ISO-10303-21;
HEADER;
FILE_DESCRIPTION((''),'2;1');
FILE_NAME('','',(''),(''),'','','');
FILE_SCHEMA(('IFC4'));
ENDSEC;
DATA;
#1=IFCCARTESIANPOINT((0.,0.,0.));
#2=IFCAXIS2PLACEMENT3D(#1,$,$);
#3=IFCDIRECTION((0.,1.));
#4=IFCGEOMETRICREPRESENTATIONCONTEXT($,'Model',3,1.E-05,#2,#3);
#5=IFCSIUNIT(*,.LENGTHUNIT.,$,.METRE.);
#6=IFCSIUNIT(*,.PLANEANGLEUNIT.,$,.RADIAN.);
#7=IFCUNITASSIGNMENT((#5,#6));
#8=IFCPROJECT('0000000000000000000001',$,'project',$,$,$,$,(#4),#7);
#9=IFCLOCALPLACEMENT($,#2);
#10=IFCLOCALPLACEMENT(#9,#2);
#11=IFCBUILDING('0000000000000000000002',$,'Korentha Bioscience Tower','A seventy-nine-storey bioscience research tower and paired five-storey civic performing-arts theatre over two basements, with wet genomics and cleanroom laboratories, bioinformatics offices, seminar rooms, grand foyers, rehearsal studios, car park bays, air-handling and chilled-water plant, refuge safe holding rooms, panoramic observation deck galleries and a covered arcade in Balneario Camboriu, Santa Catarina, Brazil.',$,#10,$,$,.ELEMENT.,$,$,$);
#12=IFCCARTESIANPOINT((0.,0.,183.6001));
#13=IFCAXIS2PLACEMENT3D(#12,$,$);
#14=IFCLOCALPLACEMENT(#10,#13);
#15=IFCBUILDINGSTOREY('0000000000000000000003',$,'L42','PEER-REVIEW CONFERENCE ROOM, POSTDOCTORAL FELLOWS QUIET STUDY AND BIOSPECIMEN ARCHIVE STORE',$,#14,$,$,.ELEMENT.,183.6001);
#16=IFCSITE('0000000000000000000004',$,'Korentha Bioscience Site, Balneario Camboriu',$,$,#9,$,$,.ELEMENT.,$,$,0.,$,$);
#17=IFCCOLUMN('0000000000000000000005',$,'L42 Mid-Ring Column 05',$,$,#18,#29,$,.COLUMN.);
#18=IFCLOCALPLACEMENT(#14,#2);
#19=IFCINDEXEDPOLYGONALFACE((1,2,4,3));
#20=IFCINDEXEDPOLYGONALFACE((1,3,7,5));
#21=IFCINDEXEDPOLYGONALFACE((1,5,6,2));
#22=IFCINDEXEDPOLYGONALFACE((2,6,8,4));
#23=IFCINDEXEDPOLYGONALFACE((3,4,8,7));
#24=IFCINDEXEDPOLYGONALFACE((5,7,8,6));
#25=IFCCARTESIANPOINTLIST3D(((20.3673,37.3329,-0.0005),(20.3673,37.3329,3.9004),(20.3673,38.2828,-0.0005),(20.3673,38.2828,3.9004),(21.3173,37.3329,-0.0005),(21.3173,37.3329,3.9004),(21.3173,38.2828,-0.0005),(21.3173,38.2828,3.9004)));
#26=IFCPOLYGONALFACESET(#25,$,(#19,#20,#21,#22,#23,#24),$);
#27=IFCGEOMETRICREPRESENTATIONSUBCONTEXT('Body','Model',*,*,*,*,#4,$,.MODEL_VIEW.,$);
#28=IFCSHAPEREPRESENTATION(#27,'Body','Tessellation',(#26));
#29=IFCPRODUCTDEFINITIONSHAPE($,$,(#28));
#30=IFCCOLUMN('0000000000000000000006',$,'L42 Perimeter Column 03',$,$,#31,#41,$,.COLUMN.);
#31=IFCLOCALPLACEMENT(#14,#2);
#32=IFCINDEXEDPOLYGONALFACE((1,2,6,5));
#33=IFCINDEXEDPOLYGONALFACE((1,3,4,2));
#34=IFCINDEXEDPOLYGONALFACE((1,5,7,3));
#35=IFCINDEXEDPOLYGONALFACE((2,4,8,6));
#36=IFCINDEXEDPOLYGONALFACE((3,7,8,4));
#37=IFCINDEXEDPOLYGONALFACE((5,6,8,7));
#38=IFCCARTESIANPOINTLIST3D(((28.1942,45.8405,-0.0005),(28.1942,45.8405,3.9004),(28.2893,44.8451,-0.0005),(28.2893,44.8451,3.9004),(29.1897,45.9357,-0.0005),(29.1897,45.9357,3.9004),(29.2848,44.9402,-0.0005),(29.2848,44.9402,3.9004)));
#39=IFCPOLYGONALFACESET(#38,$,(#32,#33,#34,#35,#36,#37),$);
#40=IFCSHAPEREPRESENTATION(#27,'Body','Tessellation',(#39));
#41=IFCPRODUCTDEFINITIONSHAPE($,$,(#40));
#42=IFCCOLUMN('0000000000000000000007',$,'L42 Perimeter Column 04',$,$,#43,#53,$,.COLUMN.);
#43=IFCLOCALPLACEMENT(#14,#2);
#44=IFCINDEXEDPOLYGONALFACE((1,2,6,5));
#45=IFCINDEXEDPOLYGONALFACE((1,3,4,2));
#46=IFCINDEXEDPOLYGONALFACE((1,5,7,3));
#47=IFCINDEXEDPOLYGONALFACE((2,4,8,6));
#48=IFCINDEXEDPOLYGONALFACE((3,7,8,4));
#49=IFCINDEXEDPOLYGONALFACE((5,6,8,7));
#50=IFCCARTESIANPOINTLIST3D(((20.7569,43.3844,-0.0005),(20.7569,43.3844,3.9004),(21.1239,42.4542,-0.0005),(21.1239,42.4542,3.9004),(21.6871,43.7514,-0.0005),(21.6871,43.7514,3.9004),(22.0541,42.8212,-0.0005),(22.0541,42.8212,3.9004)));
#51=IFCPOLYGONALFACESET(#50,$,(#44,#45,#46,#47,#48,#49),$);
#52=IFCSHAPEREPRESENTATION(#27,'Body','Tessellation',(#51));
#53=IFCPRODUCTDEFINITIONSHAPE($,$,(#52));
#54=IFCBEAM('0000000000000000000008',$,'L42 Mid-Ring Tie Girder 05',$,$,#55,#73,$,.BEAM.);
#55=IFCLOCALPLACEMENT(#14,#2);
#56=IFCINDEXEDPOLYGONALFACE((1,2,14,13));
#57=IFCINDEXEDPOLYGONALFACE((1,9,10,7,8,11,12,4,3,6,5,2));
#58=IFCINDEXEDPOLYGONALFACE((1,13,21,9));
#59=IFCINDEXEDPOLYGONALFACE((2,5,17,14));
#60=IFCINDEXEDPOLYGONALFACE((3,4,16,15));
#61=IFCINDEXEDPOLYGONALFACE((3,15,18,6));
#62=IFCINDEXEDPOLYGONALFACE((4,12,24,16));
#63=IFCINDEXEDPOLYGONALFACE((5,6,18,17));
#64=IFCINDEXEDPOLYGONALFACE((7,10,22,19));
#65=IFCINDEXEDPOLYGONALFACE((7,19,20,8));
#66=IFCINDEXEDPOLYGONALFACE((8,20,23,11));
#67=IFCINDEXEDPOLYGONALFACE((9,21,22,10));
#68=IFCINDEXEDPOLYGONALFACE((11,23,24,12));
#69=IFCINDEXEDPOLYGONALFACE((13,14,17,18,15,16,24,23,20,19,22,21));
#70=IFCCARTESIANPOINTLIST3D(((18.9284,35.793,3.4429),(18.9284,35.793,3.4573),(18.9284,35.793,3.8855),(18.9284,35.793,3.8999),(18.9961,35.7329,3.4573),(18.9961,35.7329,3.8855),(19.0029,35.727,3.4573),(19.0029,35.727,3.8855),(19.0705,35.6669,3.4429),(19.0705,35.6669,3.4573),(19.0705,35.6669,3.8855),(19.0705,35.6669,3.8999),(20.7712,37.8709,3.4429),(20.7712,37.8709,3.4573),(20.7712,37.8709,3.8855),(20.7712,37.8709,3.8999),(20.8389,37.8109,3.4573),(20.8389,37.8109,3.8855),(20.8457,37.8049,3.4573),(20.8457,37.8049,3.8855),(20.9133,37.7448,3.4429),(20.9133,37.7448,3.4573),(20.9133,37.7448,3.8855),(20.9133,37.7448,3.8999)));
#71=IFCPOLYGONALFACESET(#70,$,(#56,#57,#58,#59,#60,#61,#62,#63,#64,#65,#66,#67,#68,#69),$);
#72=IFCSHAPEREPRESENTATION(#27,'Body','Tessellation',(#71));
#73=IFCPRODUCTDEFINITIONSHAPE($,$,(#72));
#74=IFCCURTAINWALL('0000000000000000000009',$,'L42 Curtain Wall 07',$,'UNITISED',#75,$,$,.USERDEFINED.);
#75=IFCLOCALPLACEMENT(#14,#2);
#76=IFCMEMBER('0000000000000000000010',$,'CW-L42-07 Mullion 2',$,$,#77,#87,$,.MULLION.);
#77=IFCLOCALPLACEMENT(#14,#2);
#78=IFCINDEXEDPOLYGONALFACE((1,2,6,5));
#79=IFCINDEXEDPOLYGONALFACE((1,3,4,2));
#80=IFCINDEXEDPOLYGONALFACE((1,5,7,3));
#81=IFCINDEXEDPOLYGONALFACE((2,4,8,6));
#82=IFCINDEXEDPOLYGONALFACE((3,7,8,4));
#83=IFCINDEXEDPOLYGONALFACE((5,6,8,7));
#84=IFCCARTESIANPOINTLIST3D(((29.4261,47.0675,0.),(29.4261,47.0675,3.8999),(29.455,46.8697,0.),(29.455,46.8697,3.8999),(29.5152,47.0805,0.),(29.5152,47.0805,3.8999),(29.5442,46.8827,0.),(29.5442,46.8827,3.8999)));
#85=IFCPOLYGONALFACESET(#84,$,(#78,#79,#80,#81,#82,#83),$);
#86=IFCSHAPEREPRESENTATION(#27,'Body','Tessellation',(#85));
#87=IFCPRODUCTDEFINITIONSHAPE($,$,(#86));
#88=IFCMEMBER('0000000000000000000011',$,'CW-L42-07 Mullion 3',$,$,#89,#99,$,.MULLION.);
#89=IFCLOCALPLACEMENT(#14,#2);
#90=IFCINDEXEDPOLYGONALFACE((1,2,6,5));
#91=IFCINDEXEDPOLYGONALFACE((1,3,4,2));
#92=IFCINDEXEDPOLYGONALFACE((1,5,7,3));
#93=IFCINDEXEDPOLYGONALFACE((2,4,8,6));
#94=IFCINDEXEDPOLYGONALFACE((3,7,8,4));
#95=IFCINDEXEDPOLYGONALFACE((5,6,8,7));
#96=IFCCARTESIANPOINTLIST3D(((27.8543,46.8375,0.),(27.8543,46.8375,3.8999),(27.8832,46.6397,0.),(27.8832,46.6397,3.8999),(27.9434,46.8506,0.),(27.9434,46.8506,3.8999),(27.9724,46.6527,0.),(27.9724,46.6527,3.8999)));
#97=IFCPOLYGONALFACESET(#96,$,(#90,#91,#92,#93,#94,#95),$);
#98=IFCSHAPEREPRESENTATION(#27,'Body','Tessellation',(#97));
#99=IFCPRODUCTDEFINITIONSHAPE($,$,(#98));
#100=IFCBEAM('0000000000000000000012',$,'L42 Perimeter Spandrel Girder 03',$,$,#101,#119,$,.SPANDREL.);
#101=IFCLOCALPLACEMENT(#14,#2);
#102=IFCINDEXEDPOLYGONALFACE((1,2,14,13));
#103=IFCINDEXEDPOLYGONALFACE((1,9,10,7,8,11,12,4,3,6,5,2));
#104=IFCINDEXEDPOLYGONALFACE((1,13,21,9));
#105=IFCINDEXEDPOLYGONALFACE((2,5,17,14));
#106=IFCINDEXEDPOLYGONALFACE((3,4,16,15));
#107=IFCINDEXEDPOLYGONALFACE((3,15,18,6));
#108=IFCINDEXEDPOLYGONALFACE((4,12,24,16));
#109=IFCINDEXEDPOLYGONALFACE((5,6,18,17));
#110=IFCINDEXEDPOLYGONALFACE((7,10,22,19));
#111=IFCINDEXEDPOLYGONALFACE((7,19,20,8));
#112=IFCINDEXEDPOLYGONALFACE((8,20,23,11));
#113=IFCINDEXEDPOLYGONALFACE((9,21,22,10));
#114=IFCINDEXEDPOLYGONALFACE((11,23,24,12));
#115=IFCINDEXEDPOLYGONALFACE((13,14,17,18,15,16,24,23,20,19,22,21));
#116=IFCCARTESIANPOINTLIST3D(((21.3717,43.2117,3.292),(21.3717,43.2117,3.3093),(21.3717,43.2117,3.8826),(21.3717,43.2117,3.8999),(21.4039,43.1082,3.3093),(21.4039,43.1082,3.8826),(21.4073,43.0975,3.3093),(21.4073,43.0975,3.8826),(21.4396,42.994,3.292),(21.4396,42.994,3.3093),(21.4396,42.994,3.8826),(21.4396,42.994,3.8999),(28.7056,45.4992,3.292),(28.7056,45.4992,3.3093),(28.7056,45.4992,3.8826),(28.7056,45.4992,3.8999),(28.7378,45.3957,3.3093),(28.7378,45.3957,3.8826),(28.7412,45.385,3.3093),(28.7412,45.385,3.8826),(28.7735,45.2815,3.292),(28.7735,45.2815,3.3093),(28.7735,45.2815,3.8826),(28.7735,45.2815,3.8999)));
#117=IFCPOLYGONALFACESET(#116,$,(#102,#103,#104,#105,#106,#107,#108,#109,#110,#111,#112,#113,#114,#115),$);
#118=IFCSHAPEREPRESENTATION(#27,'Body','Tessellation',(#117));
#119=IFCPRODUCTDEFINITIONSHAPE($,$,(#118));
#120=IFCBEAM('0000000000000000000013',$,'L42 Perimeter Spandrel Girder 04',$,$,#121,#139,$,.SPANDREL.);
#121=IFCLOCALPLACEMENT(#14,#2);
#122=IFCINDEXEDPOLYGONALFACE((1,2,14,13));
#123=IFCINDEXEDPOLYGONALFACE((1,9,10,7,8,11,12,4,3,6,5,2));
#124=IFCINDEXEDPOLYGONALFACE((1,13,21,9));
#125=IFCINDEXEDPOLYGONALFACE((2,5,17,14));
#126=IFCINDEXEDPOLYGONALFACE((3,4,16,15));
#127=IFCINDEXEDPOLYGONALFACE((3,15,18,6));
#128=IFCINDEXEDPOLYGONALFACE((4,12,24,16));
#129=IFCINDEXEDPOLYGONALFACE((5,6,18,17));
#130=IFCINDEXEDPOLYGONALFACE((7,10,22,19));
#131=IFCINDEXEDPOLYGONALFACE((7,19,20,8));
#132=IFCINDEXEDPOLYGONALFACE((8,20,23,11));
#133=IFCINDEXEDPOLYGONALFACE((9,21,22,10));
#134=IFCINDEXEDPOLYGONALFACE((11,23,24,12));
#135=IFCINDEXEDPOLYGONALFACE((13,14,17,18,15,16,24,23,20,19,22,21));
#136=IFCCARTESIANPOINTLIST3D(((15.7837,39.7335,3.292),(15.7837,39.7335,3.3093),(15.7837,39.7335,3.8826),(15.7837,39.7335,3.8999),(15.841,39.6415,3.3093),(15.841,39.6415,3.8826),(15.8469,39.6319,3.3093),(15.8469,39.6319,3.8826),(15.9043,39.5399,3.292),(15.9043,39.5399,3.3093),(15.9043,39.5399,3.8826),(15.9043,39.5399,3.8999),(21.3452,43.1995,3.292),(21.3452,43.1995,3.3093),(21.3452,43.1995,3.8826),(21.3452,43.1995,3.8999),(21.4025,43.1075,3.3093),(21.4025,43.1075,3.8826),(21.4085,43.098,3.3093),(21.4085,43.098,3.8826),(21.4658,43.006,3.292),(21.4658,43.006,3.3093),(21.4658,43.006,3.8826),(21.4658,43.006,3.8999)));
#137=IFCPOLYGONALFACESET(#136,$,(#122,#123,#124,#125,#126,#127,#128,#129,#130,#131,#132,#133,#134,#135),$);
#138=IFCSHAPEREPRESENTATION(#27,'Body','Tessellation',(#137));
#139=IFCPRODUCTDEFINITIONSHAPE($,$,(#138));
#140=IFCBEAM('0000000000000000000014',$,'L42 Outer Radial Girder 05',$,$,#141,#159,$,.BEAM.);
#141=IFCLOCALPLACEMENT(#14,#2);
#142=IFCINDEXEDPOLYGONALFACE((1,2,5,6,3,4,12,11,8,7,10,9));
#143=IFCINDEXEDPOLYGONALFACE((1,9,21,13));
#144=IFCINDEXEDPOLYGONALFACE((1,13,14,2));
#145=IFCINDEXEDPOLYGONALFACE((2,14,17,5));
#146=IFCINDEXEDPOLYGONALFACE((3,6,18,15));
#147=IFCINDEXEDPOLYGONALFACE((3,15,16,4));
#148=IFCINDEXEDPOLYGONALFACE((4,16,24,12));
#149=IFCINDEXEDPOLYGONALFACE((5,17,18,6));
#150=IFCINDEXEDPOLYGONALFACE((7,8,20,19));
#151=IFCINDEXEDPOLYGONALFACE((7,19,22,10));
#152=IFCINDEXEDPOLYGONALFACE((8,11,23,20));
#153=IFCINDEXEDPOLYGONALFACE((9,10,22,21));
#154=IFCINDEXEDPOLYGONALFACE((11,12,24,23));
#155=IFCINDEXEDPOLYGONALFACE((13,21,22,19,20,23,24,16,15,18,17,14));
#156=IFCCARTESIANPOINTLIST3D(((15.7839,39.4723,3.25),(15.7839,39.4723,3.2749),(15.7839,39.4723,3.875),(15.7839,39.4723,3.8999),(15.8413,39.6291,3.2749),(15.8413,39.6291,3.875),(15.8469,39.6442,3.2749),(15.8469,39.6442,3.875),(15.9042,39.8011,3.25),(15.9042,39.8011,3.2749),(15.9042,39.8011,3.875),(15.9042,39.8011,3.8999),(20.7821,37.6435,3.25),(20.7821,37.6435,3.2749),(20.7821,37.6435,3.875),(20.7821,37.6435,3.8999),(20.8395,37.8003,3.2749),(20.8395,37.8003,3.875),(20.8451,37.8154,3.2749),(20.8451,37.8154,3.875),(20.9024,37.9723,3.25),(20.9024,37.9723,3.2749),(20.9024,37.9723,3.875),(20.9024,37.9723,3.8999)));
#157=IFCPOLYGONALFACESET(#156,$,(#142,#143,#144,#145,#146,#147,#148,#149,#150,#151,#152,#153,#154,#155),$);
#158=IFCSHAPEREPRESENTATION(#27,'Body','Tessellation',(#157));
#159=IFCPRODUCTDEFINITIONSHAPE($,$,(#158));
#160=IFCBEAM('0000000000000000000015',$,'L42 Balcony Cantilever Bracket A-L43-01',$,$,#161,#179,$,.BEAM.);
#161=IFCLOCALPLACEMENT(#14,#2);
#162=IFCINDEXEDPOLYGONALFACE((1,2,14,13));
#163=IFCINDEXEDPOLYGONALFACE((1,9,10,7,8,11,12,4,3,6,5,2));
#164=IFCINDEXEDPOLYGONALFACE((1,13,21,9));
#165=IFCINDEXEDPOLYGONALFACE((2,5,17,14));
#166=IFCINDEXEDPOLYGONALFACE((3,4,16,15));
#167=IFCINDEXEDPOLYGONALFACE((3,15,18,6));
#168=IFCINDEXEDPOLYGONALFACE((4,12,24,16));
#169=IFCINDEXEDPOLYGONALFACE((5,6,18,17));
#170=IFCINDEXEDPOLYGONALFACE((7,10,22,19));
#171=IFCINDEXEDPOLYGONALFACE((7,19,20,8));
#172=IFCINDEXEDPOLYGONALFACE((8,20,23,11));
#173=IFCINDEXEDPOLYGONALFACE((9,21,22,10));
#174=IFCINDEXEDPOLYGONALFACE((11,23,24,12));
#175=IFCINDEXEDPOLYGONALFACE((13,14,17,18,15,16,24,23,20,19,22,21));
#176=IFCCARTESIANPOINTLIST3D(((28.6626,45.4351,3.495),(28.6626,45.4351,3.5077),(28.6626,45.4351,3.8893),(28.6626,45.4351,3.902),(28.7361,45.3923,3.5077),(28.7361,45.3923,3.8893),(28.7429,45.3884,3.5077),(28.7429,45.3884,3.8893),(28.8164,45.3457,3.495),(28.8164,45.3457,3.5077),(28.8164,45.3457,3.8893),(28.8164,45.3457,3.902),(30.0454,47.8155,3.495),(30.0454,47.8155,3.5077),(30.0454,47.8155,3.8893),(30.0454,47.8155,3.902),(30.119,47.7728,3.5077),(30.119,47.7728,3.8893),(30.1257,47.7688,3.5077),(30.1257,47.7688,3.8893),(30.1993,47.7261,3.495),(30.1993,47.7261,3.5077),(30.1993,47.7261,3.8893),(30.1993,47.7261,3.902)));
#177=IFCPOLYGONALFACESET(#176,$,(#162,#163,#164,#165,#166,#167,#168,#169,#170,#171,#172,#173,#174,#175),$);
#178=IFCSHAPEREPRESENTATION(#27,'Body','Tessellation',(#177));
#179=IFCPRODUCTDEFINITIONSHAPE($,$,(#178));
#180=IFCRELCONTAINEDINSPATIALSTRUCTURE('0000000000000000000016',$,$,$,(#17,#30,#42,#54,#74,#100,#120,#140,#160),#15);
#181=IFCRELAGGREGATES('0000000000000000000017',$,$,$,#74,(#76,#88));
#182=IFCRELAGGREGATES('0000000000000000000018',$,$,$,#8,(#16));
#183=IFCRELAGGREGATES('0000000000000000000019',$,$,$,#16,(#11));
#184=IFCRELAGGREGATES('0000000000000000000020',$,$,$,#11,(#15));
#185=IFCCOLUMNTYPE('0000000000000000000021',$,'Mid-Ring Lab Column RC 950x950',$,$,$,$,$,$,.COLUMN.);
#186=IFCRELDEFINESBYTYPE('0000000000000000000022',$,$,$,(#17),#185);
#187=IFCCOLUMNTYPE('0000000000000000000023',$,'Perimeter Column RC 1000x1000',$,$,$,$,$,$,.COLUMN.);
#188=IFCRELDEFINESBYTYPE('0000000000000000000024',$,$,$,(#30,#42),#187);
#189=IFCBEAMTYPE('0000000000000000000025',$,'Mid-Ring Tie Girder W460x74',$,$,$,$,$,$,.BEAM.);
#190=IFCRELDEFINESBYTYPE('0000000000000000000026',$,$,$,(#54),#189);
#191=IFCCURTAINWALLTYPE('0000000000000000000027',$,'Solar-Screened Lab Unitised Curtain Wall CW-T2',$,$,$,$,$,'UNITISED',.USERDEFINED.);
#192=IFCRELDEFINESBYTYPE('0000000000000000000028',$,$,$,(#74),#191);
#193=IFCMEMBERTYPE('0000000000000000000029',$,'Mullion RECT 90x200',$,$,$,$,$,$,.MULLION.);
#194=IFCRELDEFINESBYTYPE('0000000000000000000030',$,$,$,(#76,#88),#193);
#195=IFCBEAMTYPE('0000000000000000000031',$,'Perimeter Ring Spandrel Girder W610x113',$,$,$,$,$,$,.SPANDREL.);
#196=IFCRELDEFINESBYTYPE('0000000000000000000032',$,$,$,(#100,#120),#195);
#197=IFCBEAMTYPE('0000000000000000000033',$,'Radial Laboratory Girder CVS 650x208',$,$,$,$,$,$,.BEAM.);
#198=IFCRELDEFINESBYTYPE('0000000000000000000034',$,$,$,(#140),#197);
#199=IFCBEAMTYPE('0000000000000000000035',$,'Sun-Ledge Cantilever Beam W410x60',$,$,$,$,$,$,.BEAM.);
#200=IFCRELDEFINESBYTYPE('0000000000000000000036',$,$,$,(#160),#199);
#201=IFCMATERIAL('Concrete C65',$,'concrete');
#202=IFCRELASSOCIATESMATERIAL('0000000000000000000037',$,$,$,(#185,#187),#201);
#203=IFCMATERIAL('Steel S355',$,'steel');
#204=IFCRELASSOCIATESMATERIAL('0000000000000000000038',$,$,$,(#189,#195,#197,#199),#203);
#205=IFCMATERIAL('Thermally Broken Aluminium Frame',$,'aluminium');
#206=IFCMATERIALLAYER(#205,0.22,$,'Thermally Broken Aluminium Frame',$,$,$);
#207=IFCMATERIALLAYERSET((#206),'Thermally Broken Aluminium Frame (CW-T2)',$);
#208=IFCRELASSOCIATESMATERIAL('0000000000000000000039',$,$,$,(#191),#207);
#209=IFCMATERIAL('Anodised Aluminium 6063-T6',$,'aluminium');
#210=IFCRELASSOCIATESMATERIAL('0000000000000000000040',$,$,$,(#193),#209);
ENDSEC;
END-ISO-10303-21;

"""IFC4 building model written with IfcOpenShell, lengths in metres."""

from ifc_helpers import new_model, si_unit, direction, frame, origin, origin_2d, place, context, subcontext, project, spatial, rectangle, i_section, extrude, material, layer, layer_set, material_profile, profile_set, type_object, element, aggregate, save


model = new_model("IFC4")

# Units and contexts
model_context = context("Model", 3, precision=1e-05, world=origin(), true_north=direction((0.0, 1.0)))
body_context = subcontext(model_context, "Body", "Model", "MODEL_VIEW")
ifc_project = project(units=[si_unit("LENGTHUNIT", "METRE"), si_unit("PLANEANGLEUNIT", "RADIAN")], contexts=[model_context])

# Site, building, storey
site_placement = place(None, origin())
site = spatial("IfcSite", under=ifc_project, at=site_placement, Name="Korentha Bioscience Site, Balneario Camboriu", CompositionType="ELEMENT", RefElevation=0.0)
building_placement = place(site_placement, origin())
building = spatial("IfcBuilding", under=site, at=building_placement, Name="Korentha Bioscience Tower", Description="A seventy-nine-storey bioscience research tower and paired five-storey civic performing-arts theatre over two basements, with wet genomics and cleanroom laboratories, bioinformatics offices, seminar rooms, grand foyers, rehearsal studios, car park bays, air-handling and chilled-water plant, refuge safe holding rooms, panoramic observation deck galleries and a covered arcade in Balneario Camboriu, Santa Catarina, Brazil.", CompositionType="ELEMENT")
storey_placement = place(building_placement, frame((0.0, 0.0, 183.6001)))
storey = spatial("IfcBuildingStorey", under=building, at=storey_placement, Name="L42", Description="PEER-REVIEW CONFERENCE ROOM, POSTDOCTORAL FELLOWS QUIET STUDY AND BIOSPECIMEN ARCHIVE STORE", CompositionType="ELEMENT", Elevation=183.6001)

# Columns
ifc_material_1 = material(Name="Concrete C65", Category="concrete")
ifc_material_profile_1 = material_profile(ifc_material_1, rectangle(XDim=0.95, YDim=0.95, at=origin_2d()), Name="Concrete C65")
ifc_profile_set_1 = profile_set([ifc_material_profile_1], Name="Concrete C65 (COL-MR09)")
column_type_1 = type_object("IfcColumnType", Name="Mid-Ring Lab Column RC 950x950", PredefinedType="COLUMN", material=ifc_profile_set_1)
column_placement = place(storey_placement, frame((20.8423, 37.8079, -0.0005), z_axis=(0.0, 0.0, 1.0), x_axis=(1.0, 0.0, 0.0)))
element("IfcColumn", 1, at=column_placement, inside=storey, type_object=column_type_1, Name="L42 Mid-Ring Column 05", PredefinedType="COLUMN", context=body_context, shape_type="SweptSolid", body=[
    extrude(rectangle(XDim=0.95, YDim=0.95, at=origin_2d()), origin(), (0.0, 0.0, 1.0), 3.9009),
])
ifc_material_profile_2 = material_profile(ifc_material_1, rectangle(XDim=1.0, YDim=1.0, at=origin_2d()), Name="Concrete C65")
ifc_profile_set_2 = profile_set([ifc_material_profile_2], Name="Concrete C65 (COL-P10)")
column_type_2 = type_object("IfcColumnType", Name="Perimeter Column RC 1000x1000", PredefinedType="COLUMN", material=ifc_profile_set_2)
for number, where, z_axis, x_axis, name in (
    (2, (28.7395, 45.3904, -0.0005), (0.0, 0.0, 1.0), (0.995463, 0.095151, 0.0), "L42 Perimeter Column 03"),
    (3, (21.4055, 43.1028, -0.0005), (0.0, 0.0, 1.0), (0.930226, 0.366988, 0.0), "L42 Perimeter Column 04"),
):
    element("IfcColumn", number, at=place(storey_placement, frame(where, z_axis=z_axis, x_axis=x_axis)), inside=storey, type_object=column_type_2, Name=name, PredefinedType="COLUMN", context=body_context, shape_type="SweptSolid", body=[
        extrude(rectangle(XDim=1.0, YDim=1.0, at=origin_2d()), origin(), (0.0, 0.0, 1.0), 3.9009),
    ])

# Beam
ifc_material_2 = material(Name="Steel S355", Category="steel")
ifc_material_profile_3 = material_profile(ifc_material_2, i_section(OverallWidth=0.1899, OverallDepth=0.457, WebThickness=0.009, FlangeThickness=0.0144, at=origin_2d()), Name="Steel S355")
ifc_profile_set_3 = profile_set([ifc_material_profile_3], Name="Steel S355 (MB-460)")
beam_type_1 = type_object("IfcBeamType", Name="Mid-Ring Tie Girder W460x74", PredefinedType="BEAM", material=ifc_profile_set_3)
beam_1_placement = place(storey_placement, frame((20.8423, 37.8079, 3.6714), z_axis=(-0.663512, -0.748165, 0.0), x_axis=(0.748165, -0.663512, 0.0)))
element("IfcBeam", 4, at=beam_1_placement, inside=storey, type_object=beam_type_1, Name="L42 Mid-Ring Tie Girder 05", PredefinedType="BEAM", context=body_context, shape_type="SweptSolid", body=[
    extrude(i_section(OverallWidth=0.1899, OverallDepth=0.457, WebThickness=0.009, FlangeThickness=0.0144, at=origin_2d()), origin(), (0.0, 0.0, 1.0), 2.7773),
])

# Curtain wall, members
ifc_material_3 = material(Name="Thermally Broken Aluminium Frame", Category="aluminium")
ifc_layer_1 = layer(ifc_material_3, 0.22, Name="Thermally Broken Aluminium Frame")
ifc_layer_set_1 = layer_set([ifc_layer_1], Name="Thermally Broken Aluminium Frame (CW-T2)")
curtain_wall_type = type_object("IfcCurtainWallType", Name="Solar-Screened Lab Unitised Curtain Wall CW-T2", ElementType="UNITISED", PredefinedType="USERDEFINED", material=ifc_layer_set_1)
curtain_wall_placement = place(storey_placement, origin())
curtain_wall = element("IfcCurtainWall", 5, at=curtain_wall_placement, inside=storey, type_object=curtain_wall_type, Name="L42 Curtain Wall 07", ObjectType="UNITISED", PredefinedType="USERDEFINED")
ifc_material_4 = material(Name="Anodised Aluminium 6063-T6", Category="aluminium")
ifc_material_profile_4 = material_profile(ifc_material_4, rectangle(XDim=0.0901, YDim=0.2, at=origin_2d()), Name="Anodised Aluminium 6063-T6")
ifc_profile_set_4 = profile_set([ifc_material_profile_4], Name="Anodised Aluminium 6063-T6 (CW-MUL)")
member_type_1 = type_object("IfcMemberType", Name="Mullion RECT 90x200", PredefinedType="MULLION", material=ifc_profile_set_4)
member_1_placement = place(storey_placement, frame((29.4851, 46.9751, 0.0), z_axis=(0.0, 0.0, 1.0), x_axis=(-0.989462, -0.144793, 0.0)))
member_1 = element("IfcMember", 6, at=member_1_placement, type_object=member_type_1, Name="CW-L42-07 Mullion 2", PredefinedType="MULLION", context=body_context, shape_type="SweptSolid", body=[
    extrude(rectangle(XDim=0.0901, YDim=0.2, at=origin_2d()), origin(), (0.0, 0.0, 1.0), 3.8999),
])
member_2_placement = place(storey_placement, frame((27.9133, 46.7451, 0.0), z_axis=(0.0, 0.0, 1.0), x_axis=(-0.989462, -0.144793, 0.0)))
member_2 = element("IfcMember", 7, at=member_2_placement, type_object=member_type_1, Name="CW-L42-07 Mullion 3", PredefinedType="MULLION", context=body_context, shape_type="SweptSolid", body=[
    extrude(rectangle(XDim=0.0901, YDim=0.2, at=origin_2d()), origin(), (0.0, 0.0, 1.0), 3.8999),
])

# Beams
ifc_material_profile_5 = material_profile(ifc_material_2, i_section(OverallWidth=0.228, OverallDepth=0.6079, WebThickness=0.0112, FlangeThickness=0.0173, at=origin_2d()), Name="Steel S355")
ifc_profile_set_5 = profile_set([ifc_material_profile_5], Name="Steel S355 (SB-610)")
beam_type_2 = type_object("IfcBeamType", Name="Perimeter Ring Spandrel Girder W610x113", PredefinedType="SPANDREL", material=ifc_profile_set_5)
beam_2_placement = place(storey_placement, frame((28.7395, 45.3904, 3.5959), z_axis=(-0.954638, -0.297768, 0.0), x_axis=(0.297768, -0.954638, 0.0)))
element("IfcBeam", 8, at=beam_2_placement, inside=storey, type_object=beam_type_2, Name="L42 Perimeter Spandrel Girder 03", PredefinedType="SPANDREL", context=body_context, shape_type="SweptSolid", body=[
    extrude(i_section(OverallWidth=0.228, OverallDepth=0.6079, WebThickness=0.0112, FlangeThickness=0.0173, at=origin_2d()), origin(), (0.0, 0.0, 1.0), 7.6824),
])
beam_3_placement = place(storey_placement, frame((21.4055, 43.1028, 3.5959), z_axis=(-0.848676, -0.528913, 0.0), x_axis=(0.528913, -0.848676, 0.0)))
element("IfcBeam", 9, at=beam_3_placement, inside=storey, type_object=beam_type_2, Name="L42 Perimeter Spandrel Girder 04", PredefinedType="SPANDREL", context=body_context, shape_type="SweptSolid", body=[
    extrude(i_section(OverallWidth=0.228, OverallDepth=0.6079, WebThickness=0.0112, FlangeThickness=0.0173, at=origin_2d()), origin(), (0.0, 0.0, 1.0), 6.5532),
])
ifc_material_profile_6 = material_profile(ifc_material_2, i_section(OverallWidth=0.3501, OverallDepth=0.6499, WebThickness=0.0161, FlangeThickness=0.0249, at=origin_2d()), Name="Steel S355")
ifc_profile_set_6 = profile_set([ifc_material_profile_6], Name="Steel S355 (RB-650)")
beam_type_3 = type_object("IfcBeamType", Name="Radial Laboratory Girder CVS 650x208", PredefinedType="BEAM", material=ifc_profile_set_6)
beam_4_placement = place(storey_placement, frame((20.8423, 37.8079, 3.575), z_axis=(-0.93911, 0.343617, 0.0), x_axis=(-0.343617, -0.93911, 0.0)))
element("IfcBeam", 10, at=beam_4_placement, inside=storey, type_object=beam_type_3, Name="L42 Outer Radial Girder 05", PredefinedType="BEAM", context=body_context, shape_type="SweptSolid", body=[
    extrude(i_section(OverallWidth=0.3501, OverallDepth=0.6499, WebThickness=0.0161, FlangeThickness=0.0249, at=origin_2d()), origin(), (0.0, 0.0, 1.0), 5.3223),
])
ifc_material_profile_7 = material_profile(ifc_material_2, i_section(OverallWidth=0.178, OverallDepth=0.407, WebThickness=0.0078, FlangeThickness=0.0127, at=origin_2d()), Name="Steel S355")
ifc_profile_set_7 = profile_set([ifc_material_profile_7], Name="Steel S355 (CB-410)")
beam_type_4 = type_object("IfcBeamType", Name="Sun-Ledge Cantilever Beam W410x60", PredefinedType="BEAM", material=ifc_profile_set_7)
beam_5_placement = place(storey_placement, frame((28.7395, 45.3904, 3.6985), z_axis=(0.502315, 0.864685, 0.0), x_axis=(-0.864685, 0.502315, 0.0)))
element("IfcBeam", 11, at=beam_5_placement, inside=storey, type_object=beam_type_4, Name="L42 Balcony Cantilever Bracket A-L43-01", PredefinedType="BEAM", context=body_context, shape_type="SweptSolid", body=[
    extrude(i_section(OverallWidth=0.178, OverallDepth=0.407, WebThickness=0.0078, FlangeThickness=0.0127, at=origin_2d()), origin(), (0.0, 0.0, 1.0), 2.7529),
])

aggregate(curtain_wall, [member_1, member_2])

save(model, "model.ifc")
